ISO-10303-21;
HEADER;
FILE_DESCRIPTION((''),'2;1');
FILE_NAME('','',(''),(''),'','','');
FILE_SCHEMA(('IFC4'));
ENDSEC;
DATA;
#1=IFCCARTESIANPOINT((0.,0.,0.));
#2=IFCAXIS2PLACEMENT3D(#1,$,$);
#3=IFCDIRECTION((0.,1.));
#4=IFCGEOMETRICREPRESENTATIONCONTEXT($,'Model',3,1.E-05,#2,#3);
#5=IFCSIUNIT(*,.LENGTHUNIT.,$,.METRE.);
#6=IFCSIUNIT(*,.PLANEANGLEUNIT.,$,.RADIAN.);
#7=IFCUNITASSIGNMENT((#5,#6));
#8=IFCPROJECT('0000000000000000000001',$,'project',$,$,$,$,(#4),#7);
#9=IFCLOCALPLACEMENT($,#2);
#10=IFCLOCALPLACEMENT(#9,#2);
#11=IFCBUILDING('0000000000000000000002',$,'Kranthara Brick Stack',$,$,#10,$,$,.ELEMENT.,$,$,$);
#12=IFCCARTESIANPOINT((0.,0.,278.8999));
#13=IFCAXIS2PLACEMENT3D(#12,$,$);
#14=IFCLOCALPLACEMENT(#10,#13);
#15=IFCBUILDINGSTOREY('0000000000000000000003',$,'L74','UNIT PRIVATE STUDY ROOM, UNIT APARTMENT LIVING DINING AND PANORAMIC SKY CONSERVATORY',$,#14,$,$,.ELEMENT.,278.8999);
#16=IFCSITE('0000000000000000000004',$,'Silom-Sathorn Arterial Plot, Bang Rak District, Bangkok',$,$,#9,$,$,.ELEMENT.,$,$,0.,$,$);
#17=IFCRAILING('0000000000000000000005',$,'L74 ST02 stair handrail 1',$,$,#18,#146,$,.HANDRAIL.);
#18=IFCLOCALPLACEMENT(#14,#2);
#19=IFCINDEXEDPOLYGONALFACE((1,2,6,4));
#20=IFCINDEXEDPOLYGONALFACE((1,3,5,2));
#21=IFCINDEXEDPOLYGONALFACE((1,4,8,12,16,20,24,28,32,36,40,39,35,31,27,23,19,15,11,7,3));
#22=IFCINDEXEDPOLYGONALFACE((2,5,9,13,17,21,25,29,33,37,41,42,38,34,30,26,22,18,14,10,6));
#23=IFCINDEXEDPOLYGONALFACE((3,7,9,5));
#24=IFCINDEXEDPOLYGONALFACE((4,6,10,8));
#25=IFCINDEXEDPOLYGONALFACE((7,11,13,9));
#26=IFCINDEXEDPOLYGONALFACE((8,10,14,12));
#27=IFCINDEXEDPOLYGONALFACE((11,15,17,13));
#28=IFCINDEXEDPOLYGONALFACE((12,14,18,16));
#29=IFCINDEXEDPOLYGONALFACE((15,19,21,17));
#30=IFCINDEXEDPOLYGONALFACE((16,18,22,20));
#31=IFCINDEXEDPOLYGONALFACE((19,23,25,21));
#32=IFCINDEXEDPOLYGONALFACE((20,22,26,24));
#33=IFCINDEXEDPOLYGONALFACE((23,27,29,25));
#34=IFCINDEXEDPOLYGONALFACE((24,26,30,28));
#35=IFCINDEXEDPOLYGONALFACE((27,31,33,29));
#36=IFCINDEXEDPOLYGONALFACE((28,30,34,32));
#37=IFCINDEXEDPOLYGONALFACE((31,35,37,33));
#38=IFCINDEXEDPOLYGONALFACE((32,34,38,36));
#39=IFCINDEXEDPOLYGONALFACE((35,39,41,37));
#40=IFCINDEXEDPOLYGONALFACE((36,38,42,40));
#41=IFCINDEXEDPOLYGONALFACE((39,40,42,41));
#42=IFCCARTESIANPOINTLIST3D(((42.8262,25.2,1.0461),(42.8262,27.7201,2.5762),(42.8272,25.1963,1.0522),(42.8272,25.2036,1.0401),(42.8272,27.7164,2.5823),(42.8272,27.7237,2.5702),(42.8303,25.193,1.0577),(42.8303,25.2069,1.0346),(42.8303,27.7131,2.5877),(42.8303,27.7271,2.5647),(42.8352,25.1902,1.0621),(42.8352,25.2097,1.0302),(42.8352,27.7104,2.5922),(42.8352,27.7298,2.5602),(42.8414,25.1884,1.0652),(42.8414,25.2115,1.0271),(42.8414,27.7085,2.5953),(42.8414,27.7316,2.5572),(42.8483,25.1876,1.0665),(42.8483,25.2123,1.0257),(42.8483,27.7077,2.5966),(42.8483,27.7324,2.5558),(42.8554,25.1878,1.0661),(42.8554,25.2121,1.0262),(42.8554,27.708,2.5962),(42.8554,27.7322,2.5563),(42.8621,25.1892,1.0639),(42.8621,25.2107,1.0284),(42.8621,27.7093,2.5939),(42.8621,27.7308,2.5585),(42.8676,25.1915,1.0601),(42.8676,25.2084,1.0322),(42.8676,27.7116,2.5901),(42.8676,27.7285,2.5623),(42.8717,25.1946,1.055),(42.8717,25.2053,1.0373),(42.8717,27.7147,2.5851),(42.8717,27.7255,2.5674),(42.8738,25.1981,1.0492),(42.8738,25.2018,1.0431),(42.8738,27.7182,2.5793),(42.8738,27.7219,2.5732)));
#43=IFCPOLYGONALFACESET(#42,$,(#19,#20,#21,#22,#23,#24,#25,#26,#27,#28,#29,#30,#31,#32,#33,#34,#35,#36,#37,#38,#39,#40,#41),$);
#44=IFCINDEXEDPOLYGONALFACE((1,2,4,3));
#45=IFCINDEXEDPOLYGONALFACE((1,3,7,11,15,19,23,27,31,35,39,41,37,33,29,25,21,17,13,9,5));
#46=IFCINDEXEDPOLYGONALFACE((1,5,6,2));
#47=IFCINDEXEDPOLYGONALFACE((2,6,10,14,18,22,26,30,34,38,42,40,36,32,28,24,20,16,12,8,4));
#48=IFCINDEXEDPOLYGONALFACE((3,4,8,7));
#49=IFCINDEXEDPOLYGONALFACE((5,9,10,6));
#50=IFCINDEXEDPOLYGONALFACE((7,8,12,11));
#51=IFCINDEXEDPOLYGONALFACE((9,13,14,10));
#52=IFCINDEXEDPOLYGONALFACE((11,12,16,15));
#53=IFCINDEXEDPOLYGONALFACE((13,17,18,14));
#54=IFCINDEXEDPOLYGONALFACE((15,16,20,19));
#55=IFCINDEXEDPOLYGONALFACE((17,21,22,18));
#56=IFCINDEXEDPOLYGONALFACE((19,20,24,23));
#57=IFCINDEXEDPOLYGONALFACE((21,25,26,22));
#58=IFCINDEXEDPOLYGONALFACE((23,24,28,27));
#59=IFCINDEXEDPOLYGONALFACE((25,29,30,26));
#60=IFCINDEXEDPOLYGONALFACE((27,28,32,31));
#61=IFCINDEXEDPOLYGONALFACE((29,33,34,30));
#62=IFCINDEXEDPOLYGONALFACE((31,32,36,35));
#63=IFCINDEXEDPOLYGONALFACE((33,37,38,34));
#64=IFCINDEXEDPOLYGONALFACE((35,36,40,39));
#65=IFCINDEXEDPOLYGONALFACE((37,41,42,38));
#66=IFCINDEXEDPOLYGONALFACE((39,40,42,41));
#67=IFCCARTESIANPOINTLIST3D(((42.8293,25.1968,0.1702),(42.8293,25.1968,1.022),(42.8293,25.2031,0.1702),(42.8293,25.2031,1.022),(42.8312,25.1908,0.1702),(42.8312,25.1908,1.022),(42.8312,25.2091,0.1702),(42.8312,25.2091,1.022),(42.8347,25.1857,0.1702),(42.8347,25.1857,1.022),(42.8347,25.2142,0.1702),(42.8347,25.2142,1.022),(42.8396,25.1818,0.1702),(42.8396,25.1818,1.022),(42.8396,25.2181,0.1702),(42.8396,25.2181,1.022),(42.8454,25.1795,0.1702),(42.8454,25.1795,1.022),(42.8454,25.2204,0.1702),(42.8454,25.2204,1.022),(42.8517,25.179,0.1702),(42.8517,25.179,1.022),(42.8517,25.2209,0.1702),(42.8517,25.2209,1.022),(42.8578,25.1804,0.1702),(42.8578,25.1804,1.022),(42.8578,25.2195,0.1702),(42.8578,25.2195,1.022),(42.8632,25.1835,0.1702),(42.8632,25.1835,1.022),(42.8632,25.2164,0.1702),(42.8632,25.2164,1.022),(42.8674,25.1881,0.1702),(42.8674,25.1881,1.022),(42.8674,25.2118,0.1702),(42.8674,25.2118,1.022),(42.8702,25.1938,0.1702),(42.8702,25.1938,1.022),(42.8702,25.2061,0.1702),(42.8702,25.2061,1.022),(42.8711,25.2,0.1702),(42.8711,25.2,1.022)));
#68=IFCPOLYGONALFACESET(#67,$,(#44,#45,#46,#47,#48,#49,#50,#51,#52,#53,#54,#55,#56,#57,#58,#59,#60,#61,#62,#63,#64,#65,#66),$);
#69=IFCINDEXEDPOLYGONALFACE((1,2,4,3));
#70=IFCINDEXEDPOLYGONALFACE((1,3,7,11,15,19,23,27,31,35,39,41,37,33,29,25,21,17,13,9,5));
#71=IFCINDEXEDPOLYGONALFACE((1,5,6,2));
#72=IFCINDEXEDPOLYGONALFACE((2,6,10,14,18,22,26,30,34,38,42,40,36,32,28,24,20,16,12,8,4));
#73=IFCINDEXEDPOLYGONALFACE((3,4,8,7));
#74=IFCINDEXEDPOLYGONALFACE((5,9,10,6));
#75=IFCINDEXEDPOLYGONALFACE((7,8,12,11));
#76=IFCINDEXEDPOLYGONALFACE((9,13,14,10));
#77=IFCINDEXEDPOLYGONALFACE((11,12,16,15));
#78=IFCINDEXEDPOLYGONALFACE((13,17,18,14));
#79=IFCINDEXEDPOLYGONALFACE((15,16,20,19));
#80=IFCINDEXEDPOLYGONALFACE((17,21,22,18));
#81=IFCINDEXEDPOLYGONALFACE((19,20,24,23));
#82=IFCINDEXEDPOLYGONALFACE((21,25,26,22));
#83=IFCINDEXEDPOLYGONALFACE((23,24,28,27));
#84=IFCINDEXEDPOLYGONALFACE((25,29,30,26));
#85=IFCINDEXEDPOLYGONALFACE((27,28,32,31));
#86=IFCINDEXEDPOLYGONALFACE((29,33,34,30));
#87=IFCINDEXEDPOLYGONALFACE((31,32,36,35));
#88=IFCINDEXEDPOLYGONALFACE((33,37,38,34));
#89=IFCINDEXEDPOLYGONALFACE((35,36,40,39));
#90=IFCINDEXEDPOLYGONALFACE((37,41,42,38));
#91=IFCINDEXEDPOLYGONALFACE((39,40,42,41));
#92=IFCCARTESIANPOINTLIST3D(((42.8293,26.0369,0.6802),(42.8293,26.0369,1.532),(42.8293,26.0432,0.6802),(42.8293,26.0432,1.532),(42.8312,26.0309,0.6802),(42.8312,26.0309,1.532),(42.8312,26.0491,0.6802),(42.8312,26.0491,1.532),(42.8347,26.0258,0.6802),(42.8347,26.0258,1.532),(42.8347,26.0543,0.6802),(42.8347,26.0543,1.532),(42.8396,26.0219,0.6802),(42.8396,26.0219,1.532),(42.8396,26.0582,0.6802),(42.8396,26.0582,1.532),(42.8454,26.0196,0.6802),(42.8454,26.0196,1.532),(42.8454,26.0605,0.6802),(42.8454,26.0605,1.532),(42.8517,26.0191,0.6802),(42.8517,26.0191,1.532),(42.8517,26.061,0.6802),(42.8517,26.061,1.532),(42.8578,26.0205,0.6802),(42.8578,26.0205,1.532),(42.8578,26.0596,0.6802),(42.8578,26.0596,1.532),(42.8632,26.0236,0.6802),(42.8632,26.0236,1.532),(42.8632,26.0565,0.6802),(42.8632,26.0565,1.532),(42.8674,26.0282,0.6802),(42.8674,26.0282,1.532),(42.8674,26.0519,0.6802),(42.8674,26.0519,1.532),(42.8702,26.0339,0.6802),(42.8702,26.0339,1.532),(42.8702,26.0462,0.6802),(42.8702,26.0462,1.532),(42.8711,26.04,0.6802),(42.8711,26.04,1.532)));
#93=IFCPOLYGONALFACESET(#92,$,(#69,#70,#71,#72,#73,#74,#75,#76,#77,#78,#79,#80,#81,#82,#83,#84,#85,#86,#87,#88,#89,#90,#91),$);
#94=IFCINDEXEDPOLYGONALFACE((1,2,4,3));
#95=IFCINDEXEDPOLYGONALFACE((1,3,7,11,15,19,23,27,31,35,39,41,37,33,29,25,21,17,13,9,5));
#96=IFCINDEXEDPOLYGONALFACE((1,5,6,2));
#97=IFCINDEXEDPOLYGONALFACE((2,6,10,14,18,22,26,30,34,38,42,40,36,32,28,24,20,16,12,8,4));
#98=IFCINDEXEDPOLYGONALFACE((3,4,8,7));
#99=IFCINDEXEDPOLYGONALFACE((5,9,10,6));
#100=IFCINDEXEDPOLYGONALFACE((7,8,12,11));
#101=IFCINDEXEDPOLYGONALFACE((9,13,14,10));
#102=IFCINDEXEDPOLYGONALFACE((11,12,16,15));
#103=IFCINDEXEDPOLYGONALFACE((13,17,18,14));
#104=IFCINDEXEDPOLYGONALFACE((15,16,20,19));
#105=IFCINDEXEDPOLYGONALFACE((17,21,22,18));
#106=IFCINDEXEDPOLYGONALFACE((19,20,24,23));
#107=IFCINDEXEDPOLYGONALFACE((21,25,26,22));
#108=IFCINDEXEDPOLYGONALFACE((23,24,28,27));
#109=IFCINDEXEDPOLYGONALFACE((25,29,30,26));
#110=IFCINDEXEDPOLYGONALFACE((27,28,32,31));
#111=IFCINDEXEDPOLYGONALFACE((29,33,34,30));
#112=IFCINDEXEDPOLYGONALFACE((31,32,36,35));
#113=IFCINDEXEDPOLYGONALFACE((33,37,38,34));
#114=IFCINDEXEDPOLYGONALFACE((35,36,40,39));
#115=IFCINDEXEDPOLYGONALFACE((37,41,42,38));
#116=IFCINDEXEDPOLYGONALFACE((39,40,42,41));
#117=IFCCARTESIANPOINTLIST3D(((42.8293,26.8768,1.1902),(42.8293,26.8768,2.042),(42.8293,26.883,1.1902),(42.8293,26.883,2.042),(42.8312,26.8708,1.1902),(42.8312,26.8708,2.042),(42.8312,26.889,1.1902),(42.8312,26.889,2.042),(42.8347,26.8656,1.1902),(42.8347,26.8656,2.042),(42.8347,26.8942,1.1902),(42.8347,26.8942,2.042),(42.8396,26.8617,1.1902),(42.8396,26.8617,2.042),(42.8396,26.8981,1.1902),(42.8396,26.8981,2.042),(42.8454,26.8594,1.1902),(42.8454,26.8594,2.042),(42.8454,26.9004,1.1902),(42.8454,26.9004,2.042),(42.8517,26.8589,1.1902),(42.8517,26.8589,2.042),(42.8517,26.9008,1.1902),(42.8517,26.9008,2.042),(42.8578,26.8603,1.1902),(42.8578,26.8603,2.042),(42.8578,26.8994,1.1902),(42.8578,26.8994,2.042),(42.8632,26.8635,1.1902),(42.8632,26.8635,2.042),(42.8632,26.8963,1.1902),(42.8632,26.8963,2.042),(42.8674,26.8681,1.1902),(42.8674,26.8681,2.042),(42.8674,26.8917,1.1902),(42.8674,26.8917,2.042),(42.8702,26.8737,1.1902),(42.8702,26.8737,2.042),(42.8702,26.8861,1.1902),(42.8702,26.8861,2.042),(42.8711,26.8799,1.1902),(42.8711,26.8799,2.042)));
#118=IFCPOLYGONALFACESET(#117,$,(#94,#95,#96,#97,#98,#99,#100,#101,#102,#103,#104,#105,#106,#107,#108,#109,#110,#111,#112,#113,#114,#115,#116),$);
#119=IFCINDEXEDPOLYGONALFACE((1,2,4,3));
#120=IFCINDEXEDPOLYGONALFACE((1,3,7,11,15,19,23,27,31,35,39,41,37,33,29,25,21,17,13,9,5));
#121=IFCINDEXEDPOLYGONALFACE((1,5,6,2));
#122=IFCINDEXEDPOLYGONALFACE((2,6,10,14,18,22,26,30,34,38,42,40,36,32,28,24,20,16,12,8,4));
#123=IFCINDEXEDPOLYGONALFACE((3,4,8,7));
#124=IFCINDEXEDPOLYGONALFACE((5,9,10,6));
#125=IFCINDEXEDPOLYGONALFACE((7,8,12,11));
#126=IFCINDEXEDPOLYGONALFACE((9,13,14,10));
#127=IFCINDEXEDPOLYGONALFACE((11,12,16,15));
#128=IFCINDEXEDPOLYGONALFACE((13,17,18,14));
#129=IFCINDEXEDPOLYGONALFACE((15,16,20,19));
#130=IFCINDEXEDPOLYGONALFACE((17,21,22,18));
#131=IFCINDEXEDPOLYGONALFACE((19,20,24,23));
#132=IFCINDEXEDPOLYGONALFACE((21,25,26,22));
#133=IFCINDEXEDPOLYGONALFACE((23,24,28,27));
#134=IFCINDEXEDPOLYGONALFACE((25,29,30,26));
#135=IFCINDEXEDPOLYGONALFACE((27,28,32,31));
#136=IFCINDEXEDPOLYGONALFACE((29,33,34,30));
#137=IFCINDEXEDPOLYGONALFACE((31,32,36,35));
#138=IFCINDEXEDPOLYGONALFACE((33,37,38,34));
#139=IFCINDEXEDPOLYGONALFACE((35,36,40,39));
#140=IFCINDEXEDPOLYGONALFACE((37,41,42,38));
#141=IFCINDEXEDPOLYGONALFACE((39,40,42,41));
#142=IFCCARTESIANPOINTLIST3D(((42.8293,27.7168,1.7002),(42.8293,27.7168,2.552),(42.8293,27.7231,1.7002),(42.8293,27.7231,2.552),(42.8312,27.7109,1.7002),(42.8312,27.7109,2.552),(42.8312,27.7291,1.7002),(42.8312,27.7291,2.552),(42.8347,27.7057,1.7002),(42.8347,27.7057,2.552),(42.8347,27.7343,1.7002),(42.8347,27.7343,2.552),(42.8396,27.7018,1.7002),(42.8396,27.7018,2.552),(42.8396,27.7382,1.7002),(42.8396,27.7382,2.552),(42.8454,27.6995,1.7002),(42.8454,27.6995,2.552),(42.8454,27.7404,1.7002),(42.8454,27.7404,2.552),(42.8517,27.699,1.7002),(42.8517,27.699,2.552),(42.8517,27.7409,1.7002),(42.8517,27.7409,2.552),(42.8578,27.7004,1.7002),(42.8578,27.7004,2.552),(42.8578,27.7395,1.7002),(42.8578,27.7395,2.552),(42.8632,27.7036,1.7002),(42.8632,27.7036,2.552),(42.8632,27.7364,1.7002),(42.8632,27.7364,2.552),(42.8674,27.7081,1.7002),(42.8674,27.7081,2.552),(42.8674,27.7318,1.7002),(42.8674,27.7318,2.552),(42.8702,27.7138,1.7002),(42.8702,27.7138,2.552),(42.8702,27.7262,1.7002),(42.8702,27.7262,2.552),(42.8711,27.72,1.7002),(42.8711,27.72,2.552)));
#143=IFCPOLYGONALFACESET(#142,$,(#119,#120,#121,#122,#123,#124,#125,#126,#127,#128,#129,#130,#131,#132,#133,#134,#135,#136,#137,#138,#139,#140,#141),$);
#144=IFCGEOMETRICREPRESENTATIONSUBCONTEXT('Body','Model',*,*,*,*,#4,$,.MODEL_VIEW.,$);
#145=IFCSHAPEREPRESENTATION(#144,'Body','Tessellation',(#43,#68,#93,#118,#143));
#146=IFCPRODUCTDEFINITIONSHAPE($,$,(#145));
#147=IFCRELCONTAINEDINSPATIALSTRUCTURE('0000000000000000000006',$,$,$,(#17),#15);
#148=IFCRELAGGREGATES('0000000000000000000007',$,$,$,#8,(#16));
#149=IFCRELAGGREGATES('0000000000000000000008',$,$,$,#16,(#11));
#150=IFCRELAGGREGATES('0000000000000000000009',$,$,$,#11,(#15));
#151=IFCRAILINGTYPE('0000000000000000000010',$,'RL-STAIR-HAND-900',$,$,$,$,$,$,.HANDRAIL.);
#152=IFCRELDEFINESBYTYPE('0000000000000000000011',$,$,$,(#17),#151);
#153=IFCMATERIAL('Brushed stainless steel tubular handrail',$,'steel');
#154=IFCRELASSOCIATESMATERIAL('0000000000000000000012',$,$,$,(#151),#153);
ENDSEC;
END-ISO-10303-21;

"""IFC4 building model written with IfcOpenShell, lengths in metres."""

from ifc_helpers import new_model, si_unit, direction, frame, origin, origin_2d, place, context, subcontext, project, spatial, circle, extrude, material, type_object, element, save


model = new_model("IFC4")

# Units and contexts
model_context = context("Model", 3, precision=1e-05, world=origin(), true_north=direction((0.0, 1.0)))
body_context = subcontext(model_context, "Body", "Model", "MODEL_VIEW")
ifc_project = project(units=[si_unit("LENGTHUNIT", "METRE"), si_unit("PLANEANGLEUNIT", "RADIAN")], contexts=[model_context])

# Site, building, storey
site_placement = place(None, origin())
site = spatial("IfcSite", under=ifc_project, at=site_placement, Name="Silom-Sathorn Arterial Plot, Bang Rak District, Bangkok", CompositionType="ELEMENT", RefElevation=0.0)
building_placement = place(site_placement, origin())
building = spatial("IfcBuilding", under=site, at=building_placement, Name="Kranthara Brick Stack", CompositionType="ELEMENT")
storey_placement = place(building_placement, frame((0.0, 0.0, 278.8999)))
storey = spatial("IfcBuildingStorey", under=building, at=storey_placement, Name="L74", Description="UNIT PRIVATE STUDY ROOM, UNIT APARTMENT LIVING DINING AND PANORAMIC SKY CONSERVATORY", CompositionType="ELEMENT", Elevation=278.8999)

# Railing
ifc_material_1 = material(Name="Brushed stainless steel tubular handrail", Category="steel")
railing_type_1 = type_object("IfcRailingType", Name="RL-STAIR-HAND-900", PredefinedType="HANDRAIL", material=ifc_material_1)
railing_1_placement = place(storey_placement, frame((42.8501, 25.2, 0.1702)))
element("IfcRailing", 1, at=railing_1_placement, inside=storey, type_object=railing_type_1, Name="L74 ST02 stair handrail 1", PredefinedType="HANDRAIL", context=body_context, shape_type="SweptSolid", body=[
    extrude(circle(Radius=0.0239, at=origin_2d()), frame((0.0, 0.0, 0.876), z_axis=(0.0, 0.854785, 0.518982), x_axis=(-1.0, 0.0, 0.0)), (0.0, 0.0, 1.0), 2.9482),
    extrude(circle(Radius=0.021, at=origin_2d()), origin(), (0.0, 0.0, 1.0), 0.8518),
    extrude(circle(Radius=0.021, at=origin_2d()), frame((0.0, 0.8401, 0.51)), (0.0, 0.0, 1.0), 0.8518),
    extrude(circle(Radius=0.021, at=origin_2d()), frame((0.0, 1.6799, 1.02)), (0.0, 0.0, 1.0), 0.8518),
    extrude(circle(Radius=0.021, at=origin_2d()), frame((0.0, 2.52, 1.53)), (0.0, 0.0, 1.0), 0.8518),
])

save(model, "model.ifc")
